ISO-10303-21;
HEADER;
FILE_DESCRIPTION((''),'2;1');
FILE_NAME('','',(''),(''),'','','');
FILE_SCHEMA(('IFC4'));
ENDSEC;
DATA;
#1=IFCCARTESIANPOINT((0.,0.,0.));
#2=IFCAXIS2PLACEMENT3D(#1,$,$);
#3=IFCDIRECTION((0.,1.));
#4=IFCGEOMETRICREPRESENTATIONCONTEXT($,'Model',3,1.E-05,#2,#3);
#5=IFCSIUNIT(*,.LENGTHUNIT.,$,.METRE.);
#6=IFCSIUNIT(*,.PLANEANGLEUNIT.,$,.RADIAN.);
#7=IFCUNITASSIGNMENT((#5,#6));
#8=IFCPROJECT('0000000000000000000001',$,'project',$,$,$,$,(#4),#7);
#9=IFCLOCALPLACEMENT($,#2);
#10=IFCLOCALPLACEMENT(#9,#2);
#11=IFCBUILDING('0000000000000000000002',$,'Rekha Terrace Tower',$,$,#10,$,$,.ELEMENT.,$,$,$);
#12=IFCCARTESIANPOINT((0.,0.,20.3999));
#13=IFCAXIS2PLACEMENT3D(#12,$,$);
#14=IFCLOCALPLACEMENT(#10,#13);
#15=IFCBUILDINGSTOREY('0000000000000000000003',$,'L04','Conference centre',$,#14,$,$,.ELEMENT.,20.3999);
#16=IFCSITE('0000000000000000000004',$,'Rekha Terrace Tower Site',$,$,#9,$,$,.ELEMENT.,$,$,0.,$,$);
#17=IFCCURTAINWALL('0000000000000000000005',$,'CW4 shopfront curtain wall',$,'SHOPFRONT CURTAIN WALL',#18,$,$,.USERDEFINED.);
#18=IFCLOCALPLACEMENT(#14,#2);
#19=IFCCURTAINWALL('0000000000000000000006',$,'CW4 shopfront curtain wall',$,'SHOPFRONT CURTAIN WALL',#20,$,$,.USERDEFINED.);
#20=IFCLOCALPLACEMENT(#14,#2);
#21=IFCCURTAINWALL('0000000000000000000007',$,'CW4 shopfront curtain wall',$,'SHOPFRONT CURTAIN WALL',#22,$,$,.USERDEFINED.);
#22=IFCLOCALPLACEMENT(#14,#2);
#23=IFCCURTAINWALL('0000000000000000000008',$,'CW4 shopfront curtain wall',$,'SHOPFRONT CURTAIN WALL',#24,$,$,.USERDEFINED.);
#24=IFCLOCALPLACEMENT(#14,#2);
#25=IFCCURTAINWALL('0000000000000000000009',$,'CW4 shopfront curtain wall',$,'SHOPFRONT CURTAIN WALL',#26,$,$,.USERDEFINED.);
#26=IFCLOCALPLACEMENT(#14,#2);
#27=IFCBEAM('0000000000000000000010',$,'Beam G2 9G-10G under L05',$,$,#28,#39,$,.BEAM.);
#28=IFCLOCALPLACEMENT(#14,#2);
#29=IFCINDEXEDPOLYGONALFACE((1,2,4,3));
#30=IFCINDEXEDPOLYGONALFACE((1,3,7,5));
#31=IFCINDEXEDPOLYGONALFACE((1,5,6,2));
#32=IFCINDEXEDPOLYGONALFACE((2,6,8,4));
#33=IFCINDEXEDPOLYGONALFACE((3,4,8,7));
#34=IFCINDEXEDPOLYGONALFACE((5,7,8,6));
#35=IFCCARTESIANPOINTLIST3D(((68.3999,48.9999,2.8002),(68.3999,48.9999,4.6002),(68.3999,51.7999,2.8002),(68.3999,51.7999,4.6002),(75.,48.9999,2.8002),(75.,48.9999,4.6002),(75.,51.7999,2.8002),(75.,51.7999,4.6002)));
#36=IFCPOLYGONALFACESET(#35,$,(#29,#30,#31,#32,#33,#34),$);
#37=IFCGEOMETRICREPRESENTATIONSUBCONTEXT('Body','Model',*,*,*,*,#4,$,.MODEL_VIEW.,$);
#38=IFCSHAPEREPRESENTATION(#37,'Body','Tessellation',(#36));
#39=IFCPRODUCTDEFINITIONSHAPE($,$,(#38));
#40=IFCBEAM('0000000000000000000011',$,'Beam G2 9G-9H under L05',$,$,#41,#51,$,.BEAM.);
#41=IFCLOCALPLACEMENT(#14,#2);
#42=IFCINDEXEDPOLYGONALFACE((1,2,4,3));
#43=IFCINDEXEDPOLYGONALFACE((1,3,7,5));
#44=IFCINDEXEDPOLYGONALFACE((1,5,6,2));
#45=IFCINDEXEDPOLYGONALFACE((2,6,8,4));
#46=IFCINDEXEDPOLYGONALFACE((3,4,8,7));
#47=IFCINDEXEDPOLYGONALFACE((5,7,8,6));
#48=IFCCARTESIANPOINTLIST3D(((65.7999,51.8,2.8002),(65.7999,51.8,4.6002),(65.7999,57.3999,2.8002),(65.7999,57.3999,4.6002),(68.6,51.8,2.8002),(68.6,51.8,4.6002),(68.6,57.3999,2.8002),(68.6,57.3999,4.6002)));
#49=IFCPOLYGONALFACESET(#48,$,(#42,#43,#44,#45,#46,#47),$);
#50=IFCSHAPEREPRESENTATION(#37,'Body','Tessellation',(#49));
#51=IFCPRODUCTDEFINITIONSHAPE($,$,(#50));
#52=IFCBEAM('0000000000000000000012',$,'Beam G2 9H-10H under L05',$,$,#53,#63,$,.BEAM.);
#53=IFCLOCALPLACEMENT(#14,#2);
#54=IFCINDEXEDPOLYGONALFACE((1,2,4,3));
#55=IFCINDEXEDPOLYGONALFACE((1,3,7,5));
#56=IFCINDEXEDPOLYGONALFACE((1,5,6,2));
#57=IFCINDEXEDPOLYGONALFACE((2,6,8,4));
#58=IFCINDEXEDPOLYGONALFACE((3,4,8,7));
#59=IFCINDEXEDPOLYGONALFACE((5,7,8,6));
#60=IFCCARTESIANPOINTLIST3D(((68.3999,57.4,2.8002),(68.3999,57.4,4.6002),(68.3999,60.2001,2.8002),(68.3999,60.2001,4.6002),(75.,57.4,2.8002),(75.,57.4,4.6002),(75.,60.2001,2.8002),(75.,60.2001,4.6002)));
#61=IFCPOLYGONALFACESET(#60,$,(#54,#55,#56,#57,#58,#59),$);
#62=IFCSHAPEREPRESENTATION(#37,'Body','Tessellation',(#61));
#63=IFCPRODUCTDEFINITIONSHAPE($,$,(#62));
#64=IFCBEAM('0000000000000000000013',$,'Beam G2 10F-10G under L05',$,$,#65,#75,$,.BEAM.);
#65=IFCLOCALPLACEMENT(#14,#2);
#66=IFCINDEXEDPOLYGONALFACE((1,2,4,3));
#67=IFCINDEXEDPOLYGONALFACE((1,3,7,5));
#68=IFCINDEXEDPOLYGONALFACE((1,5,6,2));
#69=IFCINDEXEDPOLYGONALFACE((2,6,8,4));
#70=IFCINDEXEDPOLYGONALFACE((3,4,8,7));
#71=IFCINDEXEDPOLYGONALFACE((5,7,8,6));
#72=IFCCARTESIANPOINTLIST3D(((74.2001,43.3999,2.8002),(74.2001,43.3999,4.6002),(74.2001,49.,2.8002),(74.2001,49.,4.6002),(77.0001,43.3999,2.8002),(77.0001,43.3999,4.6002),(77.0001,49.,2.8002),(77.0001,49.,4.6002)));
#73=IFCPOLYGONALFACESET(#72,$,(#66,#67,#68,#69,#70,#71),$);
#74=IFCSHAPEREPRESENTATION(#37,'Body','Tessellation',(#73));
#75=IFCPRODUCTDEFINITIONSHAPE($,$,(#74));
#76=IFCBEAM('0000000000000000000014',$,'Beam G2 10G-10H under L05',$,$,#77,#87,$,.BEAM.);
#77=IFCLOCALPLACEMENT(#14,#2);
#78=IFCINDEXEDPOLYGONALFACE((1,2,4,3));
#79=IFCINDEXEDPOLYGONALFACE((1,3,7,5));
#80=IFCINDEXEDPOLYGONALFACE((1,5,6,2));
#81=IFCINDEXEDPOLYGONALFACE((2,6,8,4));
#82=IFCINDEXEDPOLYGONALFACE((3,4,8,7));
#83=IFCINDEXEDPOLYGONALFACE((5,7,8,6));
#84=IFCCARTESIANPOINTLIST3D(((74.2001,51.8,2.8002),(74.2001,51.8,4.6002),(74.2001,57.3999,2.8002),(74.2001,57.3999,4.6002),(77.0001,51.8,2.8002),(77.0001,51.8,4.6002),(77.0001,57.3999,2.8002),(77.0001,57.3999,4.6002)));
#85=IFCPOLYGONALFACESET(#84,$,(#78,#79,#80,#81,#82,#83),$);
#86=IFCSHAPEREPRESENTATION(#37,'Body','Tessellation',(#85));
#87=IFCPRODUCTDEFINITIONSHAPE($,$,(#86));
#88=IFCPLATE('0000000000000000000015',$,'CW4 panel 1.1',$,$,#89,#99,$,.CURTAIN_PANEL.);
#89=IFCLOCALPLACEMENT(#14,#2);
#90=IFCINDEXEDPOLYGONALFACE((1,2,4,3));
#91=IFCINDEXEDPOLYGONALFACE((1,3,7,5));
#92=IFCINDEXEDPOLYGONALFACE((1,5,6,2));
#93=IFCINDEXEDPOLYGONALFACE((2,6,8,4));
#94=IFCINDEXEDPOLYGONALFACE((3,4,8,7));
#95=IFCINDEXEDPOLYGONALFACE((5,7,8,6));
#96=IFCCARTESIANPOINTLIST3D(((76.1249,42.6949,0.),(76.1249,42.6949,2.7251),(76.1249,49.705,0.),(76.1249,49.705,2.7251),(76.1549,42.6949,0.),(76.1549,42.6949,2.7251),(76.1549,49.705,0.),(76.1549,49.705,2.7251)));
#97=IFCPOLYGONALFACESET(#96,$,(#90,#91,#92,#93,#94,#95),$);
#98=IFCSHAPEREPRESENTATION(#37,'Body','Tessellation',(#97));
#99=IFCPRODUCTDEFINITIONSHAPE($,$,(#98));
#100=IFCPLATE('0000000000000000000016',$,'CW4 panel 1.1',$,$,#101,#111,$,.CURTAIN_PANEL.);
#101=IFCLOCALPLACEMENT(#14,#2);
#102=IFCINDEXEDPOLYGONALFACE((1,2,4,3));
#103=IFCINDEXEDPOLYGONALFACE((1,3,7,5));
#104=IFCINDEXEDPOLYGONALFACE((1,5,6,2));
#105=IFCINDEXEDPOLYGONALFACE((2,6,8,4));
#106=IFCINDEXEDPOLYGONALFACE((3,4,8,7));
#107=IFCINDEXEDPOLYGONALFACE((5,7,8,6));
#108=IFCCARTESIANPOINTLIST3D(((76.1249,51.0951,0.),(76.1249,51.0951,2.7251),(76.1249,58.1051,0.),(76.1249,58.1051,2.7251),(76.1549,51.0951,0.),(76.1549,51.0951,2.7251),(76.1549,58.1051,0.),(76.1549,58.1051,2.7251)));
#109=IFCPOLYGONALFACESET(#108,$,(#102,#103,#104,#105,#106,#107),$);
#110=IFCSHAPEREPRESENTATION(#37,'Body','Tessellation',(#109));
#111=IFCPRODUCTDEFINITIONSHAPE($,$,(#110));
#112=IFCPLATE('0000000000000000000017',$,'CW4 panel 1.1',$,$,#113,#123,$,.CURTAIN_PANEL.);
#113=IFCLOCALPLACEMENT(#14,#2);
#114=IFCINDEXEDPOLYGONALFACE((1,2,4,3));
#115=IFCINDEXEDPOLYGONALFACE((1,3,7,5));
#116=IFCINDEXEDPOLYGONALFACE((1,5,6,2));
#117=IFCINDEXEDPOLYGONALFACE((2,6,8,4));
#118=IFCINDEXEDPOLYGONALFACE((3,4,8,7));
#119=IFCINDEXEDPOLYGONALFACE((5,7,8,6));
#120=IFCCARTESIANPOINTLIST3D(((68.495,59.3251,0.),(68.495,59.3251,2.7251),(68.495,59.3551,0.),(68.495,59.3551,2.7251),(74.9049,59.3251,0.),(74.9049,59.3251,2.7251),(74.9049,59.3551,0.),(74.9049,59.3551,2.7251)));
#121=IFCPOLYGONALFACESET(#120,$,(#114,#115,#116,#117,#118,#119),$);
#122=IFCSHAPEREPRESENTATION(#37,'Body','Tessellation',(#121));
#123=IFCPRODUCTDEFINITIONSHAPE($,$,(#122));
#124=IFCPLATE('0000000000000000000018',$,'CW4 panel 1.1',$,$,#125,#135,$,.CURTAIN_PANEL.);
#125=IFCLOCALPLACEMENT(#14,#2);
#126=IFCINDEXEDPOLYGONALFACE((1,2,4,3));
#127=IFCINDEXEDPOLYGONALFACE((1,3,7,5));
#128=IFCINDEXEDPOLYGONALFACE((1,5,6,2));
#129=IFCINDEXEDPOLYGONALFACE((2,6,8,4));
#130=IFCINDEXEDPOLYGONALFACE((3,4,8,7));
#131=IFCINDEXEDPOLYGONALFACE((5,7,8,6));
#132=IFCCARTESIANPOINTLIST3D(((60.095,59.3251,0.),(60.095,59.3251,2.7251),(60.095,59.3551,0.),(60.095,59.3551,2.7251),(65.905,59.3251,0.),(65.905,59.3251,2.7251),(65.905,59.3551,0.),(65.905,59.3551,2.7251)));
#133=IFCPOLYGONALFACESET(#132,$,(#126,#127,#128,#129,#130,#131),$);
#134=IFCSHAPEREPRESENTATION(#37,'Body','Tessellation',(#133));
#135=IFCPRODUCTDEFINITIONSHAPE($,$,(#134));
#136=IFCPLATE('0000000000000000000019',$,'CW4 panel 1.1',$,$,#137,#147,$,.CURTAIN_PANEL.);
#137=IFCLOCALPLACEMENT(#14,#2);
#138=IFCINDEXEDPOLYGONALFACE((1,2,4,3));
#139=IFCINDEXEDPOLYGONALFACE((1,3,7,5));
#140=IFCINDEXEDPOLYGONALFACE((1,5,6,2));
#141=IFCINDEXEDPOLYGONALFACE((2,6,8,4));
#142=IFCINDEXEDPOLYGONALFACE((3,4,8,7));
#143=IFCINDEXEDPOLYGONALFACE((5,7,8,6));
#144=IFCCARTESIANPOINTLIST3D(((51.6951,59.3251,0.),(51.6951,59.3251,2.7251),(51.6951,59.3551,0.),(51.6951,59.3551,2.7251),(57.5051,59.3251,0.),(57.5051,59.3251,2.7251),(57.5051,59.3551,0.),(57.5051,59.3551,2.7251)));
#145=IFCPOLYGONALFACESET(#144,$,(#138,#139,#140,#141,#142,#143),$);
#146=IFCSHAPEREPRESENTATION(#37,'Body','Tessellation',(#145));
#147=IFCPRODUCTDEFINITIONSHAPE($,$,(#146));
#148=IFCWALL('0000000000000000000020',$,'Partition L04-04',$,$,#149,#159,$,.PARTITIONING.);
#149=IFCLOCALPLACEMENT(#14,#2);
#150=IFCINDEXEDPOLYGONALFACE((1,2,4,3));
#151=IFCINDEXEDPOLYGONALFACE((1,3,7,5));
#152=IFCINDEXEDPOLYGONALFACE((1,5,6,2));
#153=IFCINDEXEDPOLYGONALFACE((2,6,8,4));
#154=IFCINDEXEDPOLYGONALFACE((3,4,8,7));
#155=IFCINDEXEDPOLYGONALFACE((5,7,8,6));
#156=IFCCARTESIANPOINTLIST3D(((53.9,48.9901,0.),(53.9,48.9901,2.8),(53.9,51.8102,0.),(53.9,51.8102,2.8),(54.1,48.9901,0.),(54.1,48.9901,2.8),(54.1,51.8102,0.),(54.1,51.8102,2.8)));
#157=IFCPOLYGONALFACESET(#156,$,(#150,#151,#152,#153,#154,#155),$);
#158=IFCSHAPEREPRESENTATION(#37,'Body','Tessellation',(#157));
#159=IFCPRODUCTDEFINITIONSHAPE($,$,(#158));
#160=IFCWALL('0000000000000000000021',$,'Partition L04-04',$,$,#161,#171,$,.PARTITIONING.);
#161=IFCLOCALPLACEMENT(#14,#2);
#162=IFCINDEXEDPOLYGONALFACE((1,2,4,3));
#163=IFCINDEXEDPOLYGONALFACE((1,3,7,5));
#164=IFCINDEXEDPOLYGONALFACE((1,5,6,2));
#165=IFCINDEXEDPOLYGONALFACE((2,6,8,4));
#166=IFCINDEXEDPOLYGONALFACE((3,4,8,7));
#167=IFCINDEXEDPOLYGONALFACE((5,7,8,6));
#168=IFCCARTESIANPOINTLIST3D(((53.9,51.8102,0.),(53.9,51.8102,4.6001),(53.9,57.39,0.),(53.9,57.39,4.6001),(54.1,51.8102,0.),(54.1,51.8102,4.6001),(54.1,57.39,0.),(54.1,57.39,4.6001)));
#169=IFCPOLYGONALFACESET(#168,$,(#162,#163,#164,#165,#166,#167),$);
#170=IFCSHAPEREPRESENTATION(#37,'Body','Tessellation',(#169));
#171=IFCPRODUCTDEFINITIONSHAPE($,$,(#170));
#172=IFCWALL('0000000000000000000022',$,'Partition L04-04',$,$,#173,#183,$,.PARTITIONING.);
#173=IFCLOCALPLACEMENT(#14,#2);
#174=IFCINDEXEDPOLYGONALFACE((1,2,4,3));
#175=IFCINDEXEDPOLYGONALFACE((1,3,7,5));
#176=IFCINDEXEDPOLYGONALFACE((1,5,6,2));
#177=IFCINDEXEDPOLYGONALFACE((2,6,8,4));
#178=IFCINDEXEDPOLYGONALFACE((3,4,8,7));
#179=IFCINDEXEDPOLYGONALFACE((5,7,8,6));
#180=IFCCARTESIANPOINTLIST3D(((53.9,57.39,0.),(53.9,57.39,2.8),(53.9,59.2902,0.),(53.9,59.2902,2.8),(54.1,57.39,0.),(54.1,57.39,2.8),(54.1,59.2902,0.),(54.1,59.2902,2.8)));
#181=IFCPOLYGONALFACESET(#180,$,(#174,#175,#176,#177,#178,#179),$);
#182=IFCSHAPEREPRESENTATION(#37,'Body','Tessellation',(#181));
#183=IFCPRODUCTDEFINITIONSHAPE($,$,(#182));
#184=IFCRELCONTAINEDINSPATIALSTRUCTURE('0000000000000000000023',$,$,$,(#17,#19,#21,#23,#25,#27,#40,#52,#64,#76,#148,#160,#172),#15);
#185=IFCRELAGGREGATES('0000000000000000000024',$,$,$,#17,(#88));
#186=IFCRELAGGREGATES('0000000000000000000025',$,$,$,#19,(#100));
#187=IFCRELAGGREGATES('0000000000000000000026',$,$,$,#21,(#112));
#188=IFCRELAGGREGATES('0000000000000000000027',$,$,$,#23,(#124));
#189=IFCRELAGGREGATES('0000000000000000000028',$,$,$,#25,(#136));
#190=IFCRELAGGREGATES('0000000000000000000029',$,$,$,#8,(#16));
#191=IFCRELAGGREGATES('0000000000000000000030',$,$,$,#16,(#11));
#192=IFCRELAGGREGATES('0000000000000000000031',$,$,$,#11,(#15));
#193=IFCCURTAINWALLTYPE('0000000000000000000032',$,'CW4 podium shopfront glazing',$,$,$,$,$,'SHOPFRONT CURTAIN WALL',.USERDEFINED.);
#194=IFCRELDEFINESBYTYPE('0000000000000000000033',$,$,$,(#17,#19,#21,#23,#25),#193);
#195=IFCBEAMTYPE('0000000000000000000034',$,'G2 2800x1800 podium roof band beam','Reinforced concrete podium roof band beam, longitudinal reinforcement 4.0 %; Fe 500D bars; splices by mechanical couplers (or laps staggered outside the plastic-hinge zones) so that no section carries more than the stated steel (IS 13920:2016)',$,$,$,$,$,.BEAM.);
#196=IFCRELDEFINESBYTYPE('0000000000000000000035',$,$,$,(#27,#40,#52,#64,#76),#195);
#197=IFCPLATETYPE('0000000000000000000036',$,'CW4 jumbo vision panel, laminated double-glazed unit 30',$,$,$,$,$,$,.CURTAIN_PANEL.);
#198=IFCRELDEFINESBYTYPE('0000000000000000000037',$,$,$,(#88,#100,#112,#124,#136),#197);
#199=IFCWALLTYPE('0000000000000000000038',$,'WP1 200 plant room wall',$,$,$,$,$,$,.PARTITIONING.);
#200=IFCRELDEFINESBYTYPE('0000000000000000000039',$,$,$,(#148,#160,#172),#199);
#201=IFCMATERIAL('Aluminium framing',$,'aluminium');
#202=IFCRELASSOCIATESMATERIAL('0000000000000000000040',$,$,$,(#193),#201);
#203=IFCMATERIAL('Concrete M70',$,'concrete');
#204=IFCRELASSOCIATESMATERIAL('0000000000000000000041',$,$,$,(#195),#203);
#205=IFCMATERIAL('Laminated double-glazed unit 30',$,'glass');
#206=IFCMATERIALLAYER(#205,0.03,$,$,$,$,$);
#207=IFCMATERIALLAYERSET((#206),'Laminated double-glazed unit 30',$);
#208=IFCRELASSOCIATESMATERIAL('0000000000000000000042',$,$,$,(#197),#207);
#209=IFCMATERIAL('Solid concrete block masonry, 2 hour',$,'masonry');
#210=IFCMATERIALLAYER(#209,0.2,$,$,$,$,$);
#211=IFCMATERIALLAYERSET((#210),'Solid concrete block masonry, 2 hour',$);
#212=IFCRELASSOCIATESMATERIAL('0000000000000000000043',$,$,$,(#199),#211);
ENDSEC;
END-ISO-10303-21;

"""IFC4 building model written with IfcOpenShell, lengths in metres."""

from ifc_helpers import new_model, si_unit, direction, frame, frame_2d, origin, origin_2d, place, context, subcontext, project, spatial, rectangle, extrude, material, layer, layer_set, material_profile, profile_set, type_object, element, aggregate, save


model = new_model("IFC4")

# Units and contexts
model_context = context("Model", 3, precision=1e-05, world=origin(), true_north=direction((0.0, 1.0)))
body_context = subcontext(model_context, "Body", "Model", "MODEL_VIEW")
ifc_project = project(units=[si_unit("LENGTHUNIT", "METRE"), si_unit("PLANEANGLEUNIT", "RADIAN")], contexts=[model_context])

# Site, building, storey
site_placement = place(None, origin())
site = spatial("IfcSite", under=ifc_project, at=site_placement, Name="Rekha Terrace Tower Site", CompositionType="ELEMENT", RefElevation=0.0)
building_placement = place(site_placement, origin())
building = spatial("IfcBuilding", under=site, at=building_placement, Name="Rekha Terrace Tower", CompositionType="ELEMENT")
storey_placement = place(building_placement, frame((0.0, 0.0, 20.3999)))
storey = spatial("IfcBuildingStorey", under=building, at=storey_placement, Name="L04", Description="Conference centre", CompositionType="ELEMENT", Elevation=20.3999)

# Shared definitions
ifc_material_1 = material(Name="Concrete M70", Category="concrete")

# Curtain walls
ifc_material_2 = material(Name="Aluminium framing", Category="aluminium")
curtain_wall_type = type_object("IfcCurtainWallType", Name="CW4 podium shopfront glazing", ElementType="SHOPFRONT CURTAIN WALL", PredefinedType="USERDEFINED", material=ifc_material_2)
curtain_wall_1_placement = place(storey_placement, origin())
curtain_wall_1 = element("IfcCurtainWall", 1, at=curtain_wall_1_placement, inside=storey, type_object=curtain_wall_type, Name="CW4 shopfront curtain wall", ObjectType="SHOPFRONT CURTAIN WALL", PredefinedType="USERDEFINED")
curtain_wall_2_placement = place(storey_placement, origin())
curtain_wall_2 = element("IfcCurtainWall", 2, at=curtain_wall_2_placement, inside=storey, type_object=curtain_wall_type, Name="CW4 shopfront curtain wall", ObjectType="SHOPFRONT CURTAIN WALL", PredefinedType="USERDEFINED")
curtain_wall_3_placement = place(storey_placement, origin())
curtain_wall_3 = element("IfcCurtainWall", 3, at=curtain_wall_3_placement, inside=storey, type_object=curtain_wall_type, Name="CW4 shopfront curtain wall", ObjectType="SHOPFRONT CURTAIN WALL", PredefinedType="USERDEFINED")
curtain_wall_4_placement = place(storey_placement, origin())
curtain_wall_4 = element("IfcCurtainWall", 4, at=curtain_wall_4_placement, inside=storey, type_object=curtain_wall_type, Name="CW4 shopfront curtain wall", ObjectType="SHOPFRONT CURTAIN WALL", PredefinedType="USERDEFINED")

# Curtain wall
curtain_wall_5_placement = place(storey_placement, origin())
curtain_wall_5 = element("IfcCurtainWall", 5, at=curtain_wall_5_placement, inside=storey, type_object=curtain_wall_type, Name="CW4 shopfront curtain wall", ObjectType="SHOPFRONT CURTAIN WALL", PredefinedType="USERDEFINED")

# Beams
ifc_material_profile_1 = material_profile(ifc_material_1, rectangle(XDim=2.8, YDim=1.8, at=origin_2d()), Name="RC 2800x1800")
ifc_profile_set_1 = profile_set([ifc_material_profile_1], Name="Concrete M70")
beam_type = type_object("IfcBeamType", Name="G2 2800x1800 podium roof band beam", Description="Reinforced concrete podium roof band beam, longitudinal reinforcement 4.0 %; Fe 500D bars; splices by mechanical couplers (or laps staggered outside the plastic-hinge zones) so that no section carries more than the stated steel (IS 13920:2016)", PredefinedType="BEAM", material=ifc_profile_set_1)
beam_1_placement = place(storey_placement, frame((68.3999, 50.3999, 3.7002), z_axis=(1.0, 0.0, 0.0), x_axis=(0.0, 1.0, 0.0)))
element("IfcBeam", 6, at=beam_1_placement, inside=storey, type_object=beam_type, Name="Beam G2 9G-10G under L05", PredefinedType="BEAM", context=body_context, shape_type="SweptSolid", body=[
    extrude(rectangle(XDim=2.8, YDim=1.8, at=origin_2d()), origin(), (0.0, 0.0, 1.0), 6.6001),
])
beam_2_placement = place(storey_placement, frame((67.2, 51.8, 3.7002), z_axis=(0.0, 1.0, 0.0), x_axis=(-1.0, 0.0, 0.0)))
element("IfcBeam", 7, at=beam_2_placement, inside=storey, type_object=beam_type, Name="Beam G2 9G-9H under L05", PredefinedType="BEAM", context=body_context, shape_type="SweptSolid", body=[
    extrude(rectangle(XDim=2.8, YDim=1.8, at=origin_2d()), origin(), (0.0, 0.0, 1.0), 5.5999),
])
beam_3_placement = place(storey_placement, frame((68.3999, 58.8, 3.7002), z_axis=(1.0, 0.0, 0.0), x_axis=(0.0, 1.0, 0.0)))
element("IfcBeam", 8, at=beam_3_placement, inside=storey, type_object=beam_type, Name="Beam G2 9H-10H under L05", PredefinedType="BEAM", context=body_context, shape_type="SweptSolid", body=[
    extrude(rectangle(XDim=2.8, YDim=1.8, at=origin_2d()), origin(), (0.0, 0.0, 1.0), 6.6001),
])
beam_4_placement = place(storey_placement, frame((75.6001, 43.3999, 3.7002), z_axis=(0.0, 1.0, 0.0), x_axis=(-1.0, 0.0, 0.0)))
element("IfcBeam", 9, at=beam_4_placement, inside=storey, type_object=beam_type, Name="Beam G2 10F-10G under L05", PredefinedType="BEAM", context=body_context, shape_type="SweptSolid", body=[
    extrude(rectangle(XDim=2.8, YDim=1.8, at=origin_2d()), origin(), (0.0, 0.0, 1.0), 5.6001),
])
beam_5_placement = place(storey_placement, frame((75.6001, 51.8, 3.7002), z_axis=(0.0, 1.0, 0.0), x_axis=(-1.0, 0.0, 0.0)))
element("IfcBeam", 10, at=beam_5_placement, inside=storey, type_object=beam_type, Name="Beam G2 10G-10H under L05", PredefinedType="BEAM", context=body_context, shape_type="SweptSolid", body=[
    extrude(rectangle(XDim=2.8, YDim=1.8, at=origin_2d()), origin(), (0.0, 0.0, 1.0), 5.5999),
])

# Plates
ifc_material_3 = material(Name="Laminated double-glazed unit 30", Category="glass")
ifc_layer_1 = layer(ifc_material_3, 0.03)
ifc_layer_set_1 = layer_set([ifc_layer_1], Name="Laminated double-glazed unit 30")
plate_type = type_object("IfcPlateType", Name="CW4 jumbo vision panel, laminated double-glazed unit 30", PredefinedType="CURTAIN_PANEL", material=ifc_layer_set_1)
plate_1_placement = place(storey_placement, frame((76.1399, 46.2, 0.0), z_axis=(0.0, 0.0, 1.0), x_axis=(0.0, 1.0, 0.0)))
plate_1 = element("IfcPlate", 11, at=plate_1_placement, type_object=plate_type, Name="CW4 panel 1.1", PredefinedType="CURTAIN_PANEL", context=body_context, shape_type="SweptSolid", body=[
    extrude(rectangle(XDim=7.01, YDim=0.03, at=origin_2d()), origin(), (0.0, 0.0, 1.0), 2.7251),
])
aggregate(curtain_wall_1, [plate_1])
plate_2_placement = place(storey_placement, frame((76.1399, 54.6001, 0.0), z_axis=(0.0, 0.0, 1.0), x_axis=(0.0, 1.0, 0.0)))
plate_2 = element("IfcPlate", 12, at=plate_2_placement, type_object=plate_type, Name="CW4 panel 1.1", PredefinedType="CURTAIN_PANEL", context=body_context, shape_type="SweptSolid", body=[
    extrude(rectangle(XDim=7.01, YDim=0.03, at=origin_2d()), origin(), (0.0, 0.0, 1.0), 2.7251),
])
aggregate(curtain_wall_2, [plate_2])
plate_3_placement = place(storey_placement, frame((71.7, 59.3401, 0.0), z_axis=(0.0, 0.0, 1.0), x_axis=(-1.0, 0.0, 0.0)))
plate_3 = element("IfcPlate", 13, at=plate_3_placement, type_object=plate_type, Name="CW4 panel 1.1", PredefinedType="CURTAIN_PANEL", context=body_context, shape_type="SweptSolid", body=[
    extrude(rectangle(XDim=6.4099, YDim=0.03, at=origin_2d()), origin(), (0.0, 0.0, 1.0), 2.7251),
])
aggregate(curtain_wall_3, [plate_3])
plate_4_placement = place(storey_placement, frame((63.0, 59.3401, 0.0), z_axis=(0.0, 0.0, 1.0), x_axis=(-1.0, 0.0, 0.0)))
plate_4 = element("IfcPlate", 14, at=plate_4_placement, type_object=plate_type, Name="CW4 panel 1.1", PredefinedType="CURTAIN_PANEL", context=body_context, shape_type="SweptSolid", body=[
    extrude(rectangle(XDim=5.8101, YDim=0.03, at=origin_2d()), origin(), (0.0, 0.0, 1.0), 2.7251),
])
aggregate(curtain_wall_4, [plate_4])
plate_5_placement = place(storey_placement, frame((54.6001, 59.3401, 0.0), z_axis=(0.0, 0.0, 1.0), x_axis=(-1.0, 0.0, 0.0)))
plate_5 = element("IfcPlate", 15, at=plate_5_placement, type_object=plate_type, Name="CW4 panel 1.1", PredefinedType="CURTAIN_PANEL", context=body_context, shape_type="SweptSolid", body=[
    extrude(rectangle(XDim=5.8101, YDim=0.03, at=origin_2d()), origin(), (0.0, 0.0, 1.0), 2.7251),
])
aggregate(curtain_wall_5, [plate_5])

# Walls
ifc_material_4 = material(Name="Solid concrete block masonry, 2 hour", Category="masonry")
ifc_layer_2 = layer(ifc_material_4, 0.2)
ifc_layer_set_2 = layer_set([ifc_layer_2], Name="Solid concrete block masonry, 2 hour")
wall_type = type_object("IfcWallType", Name="WP1 200 plant room wall", PredefinedType="PARTITIONING", material=ifc_layer_set_2)
wall_1_placement = place(storey_placement, frame((54.0, 48.99, 0.0), z_axis=(0.0, 0.0, 1.0), x_axis=(0.0, 1.0, 0.0)))
element("IfcWall", 16, at=wall_1_placement, inside=storey, type_object=wall_type, Name="Partition L04-04", PredefinedType="PARTITIONING", context=body_context, shape_type="SweptSolid", body=[
    extrude(rectangle(XDim=2.8201, YDim=0.2, at=frame_2d((1.4102, 0.0))), origin(), (0.0, 0.0, 1.0), 2.8),
])
wall_2_placement = place(storey_placement, frame((54.0, 51.8101, 0.0), z_axis=(0.0, 0.0, 1.0), x_axis=(0.0, 1.0, 0.0)))
element("IfcWall", 17, at=wall_2_placement, inside=storey, type_object=wall_type, Name="Partition L04-04", PredefinedType="PARTITIONING", context=body_context, shape_type="SweptSolid", body=[
    extrude(rectangle(XDim=5.5798, YDim=0.2, at=frame_2d((2.79, 0.0))), origin(), (0.0, 0.0, 1.0), 4.6001),
])
wall_3_placement = place(storey_placement, frame((54.0, 57.3899, 0.0), z_axis=(0.0, 0.0, 1.0), x_axis=(0.0, 1.0, 0.0)))
element("IfcWall", 18, at=wall_3_placement, inside=storey, type_object=wall_type, Name="Partition L04-04", PredefinedType="PARTITIONING", context=body_context, shape_type="SweptSolid", body=[
    extrude(rectangle(XDim=1.9001, YDim=0.2, at=frame_2d((0.9502, 0.0))), origin(), (0.0, 0.0, 1.0), 2.8),
])

save(model, "model.ifc")
